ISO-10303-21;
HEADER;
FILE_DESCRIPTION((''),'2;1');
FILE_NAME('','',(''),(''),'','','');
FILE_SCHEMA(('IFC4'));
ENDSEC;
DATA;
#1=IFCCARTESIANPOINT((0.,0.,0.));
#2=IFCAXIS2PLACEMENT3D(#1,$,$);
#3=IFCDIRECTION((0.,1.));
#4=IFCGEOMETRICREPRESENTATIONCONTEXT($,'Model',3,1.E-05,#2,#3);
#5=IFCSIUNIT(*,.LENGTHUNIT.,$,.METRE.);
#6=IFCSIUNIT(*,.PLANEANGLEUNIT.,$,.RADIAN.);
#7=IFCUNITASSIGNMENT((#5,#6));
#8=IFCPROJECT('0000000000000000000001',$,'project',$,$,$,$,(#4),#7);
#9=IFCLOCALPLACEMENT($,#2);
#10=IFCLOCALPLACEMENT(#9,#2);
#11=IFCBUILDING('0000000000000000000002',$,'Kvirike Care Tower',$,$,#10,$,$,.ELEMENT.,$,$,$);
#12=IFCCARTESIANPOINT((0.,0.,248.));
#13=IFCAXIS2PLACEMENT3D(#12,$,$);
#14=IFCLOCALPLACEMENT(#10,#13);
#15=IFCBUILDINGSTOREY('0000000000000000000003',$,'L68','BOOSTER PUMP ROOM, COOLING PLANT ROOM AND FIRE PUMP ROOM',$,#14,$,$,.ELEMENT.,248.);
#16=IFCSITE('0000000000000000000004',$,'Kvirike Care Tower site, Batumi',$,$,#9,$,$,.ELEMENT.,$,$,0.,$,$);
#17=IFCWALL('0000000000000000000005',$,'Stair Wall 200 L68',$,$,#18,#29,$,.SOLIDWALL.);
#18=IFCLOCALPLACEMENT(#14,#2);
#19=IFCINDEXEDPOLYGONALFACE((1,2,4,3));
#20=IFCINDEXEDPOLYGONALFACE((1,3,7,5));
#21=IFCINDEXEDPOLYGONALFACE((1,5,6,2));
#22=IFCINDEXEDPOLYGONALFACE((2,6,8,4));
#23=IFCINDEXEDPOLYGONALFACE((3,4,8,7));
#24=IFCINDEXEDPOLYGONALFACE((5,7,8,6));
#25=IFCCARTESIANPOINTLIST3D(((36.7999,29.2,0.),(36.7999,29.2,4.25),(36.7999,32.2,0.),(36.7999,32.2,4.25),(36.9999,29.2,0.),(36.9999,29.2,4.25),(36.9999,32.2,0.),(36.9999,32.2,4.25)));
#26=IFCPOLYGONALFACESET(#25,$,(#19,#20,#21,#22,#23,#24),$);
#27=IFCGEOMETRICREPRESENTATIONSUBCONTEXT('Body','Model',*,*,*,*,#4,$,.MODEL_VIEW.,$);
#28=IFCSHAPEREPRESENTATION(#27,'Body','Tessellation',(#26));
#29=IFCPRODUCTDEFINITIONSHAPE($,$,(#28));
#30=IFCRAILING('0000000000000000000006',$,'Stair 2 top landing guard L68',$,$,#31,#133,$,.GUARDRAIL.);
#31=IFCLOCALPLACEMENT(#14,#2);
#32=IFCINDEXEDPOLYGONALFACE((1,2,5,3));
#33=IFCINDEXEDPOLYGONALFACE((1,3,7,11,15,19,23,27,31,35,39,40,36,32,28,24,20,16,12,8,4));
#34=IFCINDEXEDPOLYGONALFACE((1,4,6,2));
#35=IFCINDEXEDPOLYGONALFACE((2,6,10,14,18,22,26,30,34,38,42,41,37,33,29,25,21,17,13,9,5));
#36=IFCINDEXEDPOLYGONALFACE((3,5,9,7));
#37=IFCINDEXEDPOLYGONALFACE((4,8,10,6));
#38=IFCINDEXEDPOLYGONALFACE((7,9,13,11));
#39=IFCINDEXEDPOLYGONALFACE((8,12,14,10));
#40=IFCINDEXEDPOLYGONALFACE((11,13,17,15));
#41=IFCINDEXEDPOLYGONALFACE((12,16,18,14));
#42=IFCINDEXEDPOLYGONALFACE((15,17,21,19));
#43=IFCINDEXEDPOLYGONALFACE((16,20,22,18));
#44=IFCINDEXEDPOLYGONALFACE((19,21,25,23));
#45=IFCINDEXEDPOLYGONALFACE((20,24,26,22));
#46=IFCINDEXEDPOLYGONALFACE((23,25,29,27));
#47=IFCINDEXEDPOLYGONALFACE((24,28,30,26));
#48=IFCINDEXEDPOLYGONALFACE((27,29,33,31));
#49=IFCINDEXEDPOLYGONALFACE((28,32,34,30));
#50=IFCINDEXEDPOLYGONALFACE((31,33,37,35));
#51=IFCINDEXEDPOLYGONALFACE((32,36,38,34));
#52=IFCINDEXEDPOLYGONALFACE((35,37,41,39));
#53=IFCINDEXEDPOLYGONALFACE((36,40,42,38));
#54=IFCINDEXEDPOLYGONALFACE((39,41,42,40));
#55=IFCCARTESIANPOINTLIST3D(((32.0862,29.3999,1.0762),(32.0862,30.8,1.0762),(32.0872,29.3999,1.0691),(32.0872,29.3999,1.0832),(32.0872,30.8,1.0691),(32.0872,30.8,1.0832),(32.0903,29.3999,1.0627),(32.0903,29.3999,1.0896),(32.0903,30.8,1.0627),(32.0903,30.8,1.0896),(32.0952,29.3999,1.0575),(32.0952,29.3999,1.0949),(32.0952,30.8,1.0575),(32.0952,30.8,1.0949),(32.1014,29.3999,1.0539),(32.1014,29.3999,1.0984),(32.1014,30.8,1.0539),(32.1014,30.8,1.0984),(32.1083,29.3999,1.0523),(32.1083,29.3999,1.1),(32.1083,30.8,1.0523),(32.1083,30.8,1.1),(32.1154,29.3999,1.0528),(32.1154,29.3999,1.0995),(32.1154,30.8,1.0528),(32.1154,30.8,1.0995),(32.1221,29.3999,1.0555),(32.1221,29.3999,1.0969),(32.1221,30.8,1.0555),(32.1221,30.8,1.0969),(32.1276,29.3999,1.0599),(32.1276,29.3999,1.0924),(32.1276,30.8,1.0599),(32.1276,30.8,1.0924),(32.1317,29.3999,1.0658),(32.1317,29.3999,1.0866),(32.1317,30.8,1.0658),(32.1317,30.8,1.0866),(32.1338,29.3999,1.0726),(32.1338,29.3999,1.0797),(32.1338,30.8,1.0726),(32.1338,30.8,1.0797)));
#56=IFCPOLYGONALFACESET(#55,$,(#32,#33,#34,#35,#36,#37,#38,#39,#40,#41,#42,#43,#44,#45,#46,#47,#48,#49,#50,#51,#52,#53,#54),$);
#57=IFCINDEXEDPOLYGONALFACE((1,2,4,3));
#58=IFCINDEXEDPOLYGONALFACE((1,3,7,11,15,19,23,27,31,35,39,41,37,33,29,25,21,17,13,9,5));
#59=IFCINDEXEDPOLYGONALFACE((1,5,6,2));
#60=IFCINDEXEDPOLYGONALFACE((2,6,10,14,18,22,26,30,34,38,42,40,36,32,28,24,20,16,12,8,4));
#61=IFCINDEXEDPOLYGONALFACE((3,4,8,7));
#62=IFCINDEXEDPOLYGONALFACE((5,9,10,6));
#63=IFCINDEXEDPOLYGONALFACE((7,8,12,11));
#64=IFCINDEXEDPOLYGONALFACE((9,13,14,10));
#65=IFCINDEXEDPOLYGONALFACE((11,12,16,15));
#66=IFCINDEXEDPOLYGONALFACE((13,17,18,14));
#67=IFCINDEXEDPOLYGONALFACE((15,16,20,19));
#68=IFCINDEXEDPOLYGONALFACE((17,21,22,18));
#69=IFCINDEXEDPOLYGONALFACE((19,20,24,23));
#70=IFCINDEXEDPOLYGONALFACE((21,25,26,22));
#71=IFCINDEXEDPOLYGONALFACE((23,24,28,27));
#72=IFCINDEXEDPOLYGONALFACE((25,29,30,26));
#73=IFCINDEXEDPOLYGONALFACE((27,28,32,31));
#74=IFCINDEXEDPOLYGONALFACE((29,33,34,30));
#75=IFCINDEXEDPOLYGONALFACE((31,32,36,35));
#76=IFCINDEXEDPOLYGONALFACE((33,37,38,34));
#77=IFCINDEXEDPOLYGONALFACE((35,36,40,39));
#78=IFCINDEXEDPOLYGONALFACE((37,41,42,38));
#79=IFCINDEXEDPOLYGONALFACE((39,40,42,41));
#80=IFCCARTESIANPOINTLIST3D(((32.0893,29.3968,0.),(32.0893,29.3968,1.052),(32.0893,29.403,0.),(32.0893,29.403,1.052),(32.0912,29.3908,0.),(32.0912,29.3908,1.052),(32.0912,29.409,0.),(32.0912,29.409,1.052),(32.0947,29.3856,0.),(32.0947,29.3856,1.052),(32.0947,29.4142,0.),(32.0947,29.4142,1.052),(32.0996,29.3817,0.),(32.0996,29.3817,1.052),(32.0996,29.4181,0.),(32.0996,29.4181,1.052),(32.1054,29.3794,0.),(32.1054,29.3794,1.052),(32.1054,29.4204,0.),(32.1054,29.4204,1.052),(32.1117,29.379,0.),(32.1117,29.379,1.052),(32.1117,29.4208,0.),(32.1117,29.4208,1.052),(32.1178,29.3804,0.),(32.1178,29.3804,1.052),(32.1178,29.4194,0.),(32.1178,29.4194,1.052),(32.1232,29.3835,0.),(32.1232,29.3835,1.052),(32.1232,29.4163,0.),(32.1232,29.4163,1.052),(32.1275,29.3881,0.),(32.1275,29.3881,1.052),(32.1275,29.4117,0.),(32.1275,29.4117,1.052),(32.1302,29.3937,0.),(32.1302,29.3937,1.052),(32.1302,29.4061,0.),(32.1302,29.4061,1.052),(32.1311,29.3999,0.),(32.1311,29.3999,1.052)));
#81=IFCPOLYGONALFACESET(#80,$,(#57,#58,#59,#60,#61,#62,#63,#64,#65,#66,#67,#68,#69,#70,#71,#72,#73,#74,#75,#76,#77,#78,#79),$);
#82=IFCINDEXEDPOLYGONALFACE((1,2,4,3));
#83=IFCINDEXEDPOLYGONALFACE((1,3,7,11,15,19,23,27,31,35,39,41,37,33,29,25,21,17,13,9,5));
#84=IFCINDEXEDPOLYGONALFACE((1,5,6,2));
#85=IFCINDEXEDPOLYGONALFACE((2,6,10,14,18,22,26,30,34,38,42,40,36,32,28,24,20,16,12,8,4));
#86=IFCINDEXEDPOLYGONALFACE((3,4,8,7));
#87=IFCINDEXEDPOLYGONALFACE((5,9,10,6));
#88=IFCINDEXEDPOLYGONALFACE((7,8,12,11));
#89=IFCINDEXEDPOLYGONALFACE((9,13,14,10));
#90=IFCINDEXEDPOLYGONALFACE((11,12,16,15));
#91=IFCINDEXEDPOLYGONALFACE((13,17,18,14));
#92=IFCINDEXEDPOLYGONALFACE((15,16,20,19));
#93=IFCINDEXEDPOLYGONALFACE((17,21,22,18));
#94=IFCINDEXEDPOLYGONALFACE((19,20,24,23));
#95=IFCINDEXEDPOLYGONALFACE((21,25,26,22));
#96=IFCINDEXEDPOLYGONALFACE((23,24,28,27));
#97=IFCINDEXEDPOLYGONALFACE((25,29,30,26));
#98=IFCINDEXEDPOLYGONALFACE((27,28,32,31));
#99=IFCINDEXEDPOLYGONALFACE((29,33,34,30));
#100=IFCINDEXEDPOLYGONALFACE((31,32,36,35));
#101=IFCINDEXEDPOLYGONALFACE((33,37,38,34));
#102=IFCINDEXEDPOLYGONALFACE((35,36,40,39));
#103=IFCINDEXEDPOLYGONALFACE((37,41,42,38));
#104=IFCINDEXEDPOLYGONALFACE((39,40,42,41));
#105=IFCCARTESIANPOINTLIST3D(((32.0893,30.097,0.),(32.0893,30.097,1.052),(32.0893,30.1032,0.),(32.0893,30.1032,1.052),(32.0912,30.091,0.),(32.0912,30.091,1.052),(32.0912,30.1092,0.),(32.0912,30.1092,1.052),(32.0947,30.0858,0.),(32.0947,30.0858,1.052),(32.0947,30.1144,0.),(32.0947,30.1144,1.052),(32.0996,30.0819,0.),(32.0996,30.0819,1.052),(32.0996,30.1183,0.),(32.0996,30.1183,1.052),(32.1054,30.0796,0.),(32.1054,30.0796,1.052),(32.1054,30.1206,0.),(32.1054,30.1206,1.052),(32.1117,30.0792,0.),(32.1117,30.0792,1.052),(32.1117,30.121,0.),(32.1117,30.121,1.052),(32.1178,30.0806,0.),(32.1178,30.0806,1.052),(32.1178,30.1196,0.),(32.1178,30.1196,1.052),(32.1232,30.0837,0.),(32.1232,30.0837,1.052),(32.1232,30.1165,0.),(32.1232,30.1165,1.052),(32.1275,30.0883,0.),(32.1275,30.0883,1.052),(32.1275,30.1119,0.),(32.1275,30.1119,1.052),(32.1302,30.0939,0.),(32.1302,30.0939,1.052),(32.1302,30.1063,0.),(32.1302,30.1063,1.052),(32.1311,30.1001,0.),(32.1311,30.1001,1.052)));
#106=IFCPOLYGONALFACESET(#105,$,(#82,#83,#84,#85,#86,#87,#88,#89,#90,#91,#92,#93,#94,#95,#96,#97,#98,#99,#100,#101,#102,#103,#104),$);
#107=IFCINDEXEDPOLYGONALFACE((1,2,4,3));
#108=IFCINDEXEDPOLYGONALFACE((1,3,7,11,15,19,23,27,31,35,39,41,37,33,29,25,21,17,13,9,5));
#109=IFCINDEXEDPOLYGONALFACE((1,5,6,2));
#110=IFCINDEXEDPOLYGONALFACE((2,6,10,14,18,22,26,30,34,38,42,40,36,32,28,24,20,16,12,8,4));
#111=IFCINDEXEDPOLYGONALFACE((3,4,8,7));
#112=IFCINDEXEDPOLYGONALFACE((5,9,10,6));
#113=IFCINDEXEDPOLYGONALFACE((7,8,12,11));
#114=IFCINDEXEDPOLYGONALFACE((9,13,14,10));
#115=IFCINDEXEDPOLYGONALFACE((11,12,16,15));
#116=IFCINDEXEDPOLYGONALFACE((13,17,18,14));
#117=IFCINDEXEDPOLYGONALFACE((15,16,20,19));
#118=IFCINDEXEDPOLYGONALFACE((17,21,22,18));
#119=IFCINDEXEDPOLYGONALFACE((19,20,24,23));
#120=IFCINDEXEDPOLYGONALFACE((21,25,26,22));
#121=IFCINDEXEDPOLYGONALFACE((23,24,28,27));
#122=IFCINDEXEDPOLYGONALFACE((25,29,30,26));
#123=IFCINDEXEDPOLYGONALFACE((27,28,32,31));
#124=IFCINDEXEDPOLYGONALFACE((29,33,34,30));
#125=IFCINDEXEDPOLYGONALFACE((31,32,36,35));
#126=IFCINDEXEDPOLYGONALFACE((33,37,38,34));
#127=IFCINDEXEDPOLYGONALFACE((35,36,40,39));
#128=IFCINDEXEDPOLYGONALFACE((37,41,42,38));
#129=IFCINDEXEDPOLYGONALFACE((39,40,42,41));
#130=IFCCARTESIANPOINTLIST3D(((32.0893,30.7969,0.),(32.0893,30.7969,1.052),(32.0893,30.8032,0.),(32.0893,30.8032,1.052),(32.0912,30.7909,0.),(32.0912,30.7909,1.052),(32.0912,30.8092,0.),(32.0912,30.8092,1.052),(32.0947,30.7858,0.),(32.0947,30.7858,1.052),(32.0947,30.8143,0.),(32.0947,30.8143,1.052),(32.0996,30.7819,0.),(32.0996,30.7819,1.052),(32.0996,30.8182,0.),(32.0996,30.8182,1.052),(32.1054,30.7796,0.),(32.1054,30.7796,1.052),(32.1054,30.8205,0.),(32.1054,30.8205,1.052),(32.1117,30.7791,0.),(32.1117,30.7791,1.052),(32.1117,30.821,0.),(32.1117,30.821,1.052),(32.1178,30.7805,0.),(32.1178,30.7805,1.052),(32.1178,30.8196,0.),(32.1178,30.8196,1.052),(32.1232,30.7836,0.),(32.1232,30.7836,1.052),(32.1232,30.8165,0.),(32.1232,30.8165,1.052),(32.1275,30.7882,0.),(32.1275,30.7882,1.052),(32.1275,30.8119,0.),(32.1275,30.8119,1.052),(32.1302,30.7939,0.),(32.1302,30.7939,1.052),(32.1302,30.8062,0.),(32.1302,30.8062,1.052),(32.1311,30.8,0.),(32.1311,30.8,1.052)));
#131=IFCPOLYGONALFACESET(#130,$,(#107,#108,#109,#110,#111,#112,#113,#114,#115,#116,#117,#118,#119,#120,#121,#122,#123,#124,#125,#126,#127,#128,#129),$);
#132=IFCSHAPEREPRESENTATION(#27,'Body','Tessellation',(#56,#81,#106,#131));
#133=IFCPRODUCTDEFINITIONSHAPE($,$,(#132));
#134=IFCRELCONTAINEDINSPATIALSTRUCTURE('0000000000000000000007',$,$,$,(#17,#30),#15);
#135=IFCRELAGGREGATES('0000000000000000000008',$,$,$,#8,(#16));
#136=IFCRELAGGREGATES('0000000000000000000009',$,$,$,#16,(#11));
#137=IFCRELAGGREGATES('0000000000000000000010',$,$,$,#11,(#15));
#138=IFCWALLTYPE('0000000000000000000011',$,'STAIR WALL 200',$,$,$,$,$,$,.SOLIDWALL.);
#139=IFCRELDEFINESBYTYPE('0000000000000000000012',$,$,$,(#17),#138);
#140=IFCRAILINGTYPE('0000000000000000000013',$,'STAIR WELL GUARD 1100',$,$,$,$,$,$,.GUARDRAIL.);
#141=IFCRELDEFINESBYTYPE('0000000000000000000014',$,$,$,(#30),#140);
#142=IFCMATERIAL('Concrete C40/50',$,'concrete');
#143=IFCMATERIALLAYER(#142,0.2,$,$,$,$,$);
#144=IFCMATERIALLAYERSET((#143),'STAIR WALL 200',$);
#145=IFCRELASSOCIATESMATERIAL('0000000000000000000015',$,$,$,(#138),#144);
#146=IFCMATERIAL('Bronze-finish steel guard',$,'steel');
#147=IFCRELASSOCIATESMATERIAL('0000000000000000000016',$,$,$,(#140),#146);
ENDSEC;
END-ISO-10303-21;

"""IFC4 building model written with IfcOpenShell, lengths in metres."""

from ifc_helpers import new_model, si_unit, direction, frame, frame_2d, origin, origin_2d, place, context, subcontext, project, spatial, rectangle, circle, extrude, material, layer, layer_set, type_object, element, save


model = new_model("IFC4")

# Units and contexts
model_context = context("Model", 3, precision=1e-05, world=origin(), true_north=direction((0.0, 1.0)))
body_context = subcontext(model_context, "Body", "Model", "MODEL_VIEW")
ifc_project = project(units=[si_unit("LENGTHUNIT", "METRE"), si_unit("PLANEANGLEUNIT", "RADIAN")], contexts=[model_context])

# Site, building, storey
site_placement = place(None, origin())
site = spatial("IfcSite", under=ifc_project, at=site_placement, Name="Kvirike Care Tower site, Batumi", CompositionType="ELEMENT", RefElevation=0.0)
building_placement = place(site_placement, origin())
building = spatial("IfcBuilding", under=site, at=building_placement, Name="Kvirike Care Tower", CompositionType="ELEMENT")
storey_placement = place(building_placement, frame((0.0, 0.0, 248.0)))
storey = spatial("IfcBuildingStorey", under=building, at=storey_placement, Name="L68", Description="BOOSTER PUMP ROOM, COOLING PLANT ROOM AND FIRE PUMP ROOM", CompositionType="ELEMENT", Elevation=248.0)

# Wall
ifc_material_1 = material(Name="Concrete C40/50", Category="concrete")
ifc_layer_1 = layer(ifc_material_1, 0.2)
ifc_layer_set_1 = layer_set([ifc_layer_1], Name="STAIR WALL 200")
wall_type_1 = type_object("IfcWallType", Name="STAIR WALL 200", PredefinedType="SOLIDWALL", material=ifc_layer_set_1)
wall_1_placement = place(storey_placement, frame((36.8999, 29.2, 0.0), z_axis=(0.0, 0.0, 1.0), x_axis=(0.0, 1.0, 0.0)))
element("IfcWall", 1, at=wall_1_placement, inside=storey, type_object=wall_type_1, Name="Stair Wall 200 L68", PredefinedType="SOLIDWALL", context=body_context, shape_type="SweptSolid", body=[
    extrude(rectangle(XDim=3.0, YDim=0.2, at=frame_2d((1.5, 0.0))), origin(), (0.0, 0.0, 1.0), 4.25),
])

# Railing
ifc_material_2 = material(Name="Bronze-finish steel guard", Category="steel")
railing_type = type_object("IfcRailingType", Name="STAIR WELL GUARD 1100", PredefinedType="GUARDRAIL", material=ifc_material_2)
railing_placement = place(storey_placement, frame((32.1101, 29.3999, 0.0)))
element("IfcRailing", 2, at=railing_placement, inside=storey, type_object=railing_type, Name="Stair 2 top landing guard L68", PredefinedType="GUARDRAIL", context=body_context, shape_type="SweptSolid", body=[
    extrude(circle(Radius=0.0239, at=origin_2d()), frame((0.0, 0.0, 1.0762), z_axis=(0.0, 1.0, 0.0), x_axis=(-1.0, 0.0, 0.0)), (0.0, 0.0, 1.0), 1.4001),
    extrude(circle(Radius=0.021, at=origin_2d()), origin(), (0.0, 0.0, 1.0), 1.052),
    extrude(circle(Radius=0.021, at=origin_2d()), frame((0.0, 0.7002, 0.0)), (0.0, 0.0, 1.0), 1.052),
    extrude(circle(Radius=0.021, at=origin_2d()), frame((0.0, 1.4001, 0.0)), (0.0, 0.0, 1.0), 1.052),
])

save(model, "model.ifc")
